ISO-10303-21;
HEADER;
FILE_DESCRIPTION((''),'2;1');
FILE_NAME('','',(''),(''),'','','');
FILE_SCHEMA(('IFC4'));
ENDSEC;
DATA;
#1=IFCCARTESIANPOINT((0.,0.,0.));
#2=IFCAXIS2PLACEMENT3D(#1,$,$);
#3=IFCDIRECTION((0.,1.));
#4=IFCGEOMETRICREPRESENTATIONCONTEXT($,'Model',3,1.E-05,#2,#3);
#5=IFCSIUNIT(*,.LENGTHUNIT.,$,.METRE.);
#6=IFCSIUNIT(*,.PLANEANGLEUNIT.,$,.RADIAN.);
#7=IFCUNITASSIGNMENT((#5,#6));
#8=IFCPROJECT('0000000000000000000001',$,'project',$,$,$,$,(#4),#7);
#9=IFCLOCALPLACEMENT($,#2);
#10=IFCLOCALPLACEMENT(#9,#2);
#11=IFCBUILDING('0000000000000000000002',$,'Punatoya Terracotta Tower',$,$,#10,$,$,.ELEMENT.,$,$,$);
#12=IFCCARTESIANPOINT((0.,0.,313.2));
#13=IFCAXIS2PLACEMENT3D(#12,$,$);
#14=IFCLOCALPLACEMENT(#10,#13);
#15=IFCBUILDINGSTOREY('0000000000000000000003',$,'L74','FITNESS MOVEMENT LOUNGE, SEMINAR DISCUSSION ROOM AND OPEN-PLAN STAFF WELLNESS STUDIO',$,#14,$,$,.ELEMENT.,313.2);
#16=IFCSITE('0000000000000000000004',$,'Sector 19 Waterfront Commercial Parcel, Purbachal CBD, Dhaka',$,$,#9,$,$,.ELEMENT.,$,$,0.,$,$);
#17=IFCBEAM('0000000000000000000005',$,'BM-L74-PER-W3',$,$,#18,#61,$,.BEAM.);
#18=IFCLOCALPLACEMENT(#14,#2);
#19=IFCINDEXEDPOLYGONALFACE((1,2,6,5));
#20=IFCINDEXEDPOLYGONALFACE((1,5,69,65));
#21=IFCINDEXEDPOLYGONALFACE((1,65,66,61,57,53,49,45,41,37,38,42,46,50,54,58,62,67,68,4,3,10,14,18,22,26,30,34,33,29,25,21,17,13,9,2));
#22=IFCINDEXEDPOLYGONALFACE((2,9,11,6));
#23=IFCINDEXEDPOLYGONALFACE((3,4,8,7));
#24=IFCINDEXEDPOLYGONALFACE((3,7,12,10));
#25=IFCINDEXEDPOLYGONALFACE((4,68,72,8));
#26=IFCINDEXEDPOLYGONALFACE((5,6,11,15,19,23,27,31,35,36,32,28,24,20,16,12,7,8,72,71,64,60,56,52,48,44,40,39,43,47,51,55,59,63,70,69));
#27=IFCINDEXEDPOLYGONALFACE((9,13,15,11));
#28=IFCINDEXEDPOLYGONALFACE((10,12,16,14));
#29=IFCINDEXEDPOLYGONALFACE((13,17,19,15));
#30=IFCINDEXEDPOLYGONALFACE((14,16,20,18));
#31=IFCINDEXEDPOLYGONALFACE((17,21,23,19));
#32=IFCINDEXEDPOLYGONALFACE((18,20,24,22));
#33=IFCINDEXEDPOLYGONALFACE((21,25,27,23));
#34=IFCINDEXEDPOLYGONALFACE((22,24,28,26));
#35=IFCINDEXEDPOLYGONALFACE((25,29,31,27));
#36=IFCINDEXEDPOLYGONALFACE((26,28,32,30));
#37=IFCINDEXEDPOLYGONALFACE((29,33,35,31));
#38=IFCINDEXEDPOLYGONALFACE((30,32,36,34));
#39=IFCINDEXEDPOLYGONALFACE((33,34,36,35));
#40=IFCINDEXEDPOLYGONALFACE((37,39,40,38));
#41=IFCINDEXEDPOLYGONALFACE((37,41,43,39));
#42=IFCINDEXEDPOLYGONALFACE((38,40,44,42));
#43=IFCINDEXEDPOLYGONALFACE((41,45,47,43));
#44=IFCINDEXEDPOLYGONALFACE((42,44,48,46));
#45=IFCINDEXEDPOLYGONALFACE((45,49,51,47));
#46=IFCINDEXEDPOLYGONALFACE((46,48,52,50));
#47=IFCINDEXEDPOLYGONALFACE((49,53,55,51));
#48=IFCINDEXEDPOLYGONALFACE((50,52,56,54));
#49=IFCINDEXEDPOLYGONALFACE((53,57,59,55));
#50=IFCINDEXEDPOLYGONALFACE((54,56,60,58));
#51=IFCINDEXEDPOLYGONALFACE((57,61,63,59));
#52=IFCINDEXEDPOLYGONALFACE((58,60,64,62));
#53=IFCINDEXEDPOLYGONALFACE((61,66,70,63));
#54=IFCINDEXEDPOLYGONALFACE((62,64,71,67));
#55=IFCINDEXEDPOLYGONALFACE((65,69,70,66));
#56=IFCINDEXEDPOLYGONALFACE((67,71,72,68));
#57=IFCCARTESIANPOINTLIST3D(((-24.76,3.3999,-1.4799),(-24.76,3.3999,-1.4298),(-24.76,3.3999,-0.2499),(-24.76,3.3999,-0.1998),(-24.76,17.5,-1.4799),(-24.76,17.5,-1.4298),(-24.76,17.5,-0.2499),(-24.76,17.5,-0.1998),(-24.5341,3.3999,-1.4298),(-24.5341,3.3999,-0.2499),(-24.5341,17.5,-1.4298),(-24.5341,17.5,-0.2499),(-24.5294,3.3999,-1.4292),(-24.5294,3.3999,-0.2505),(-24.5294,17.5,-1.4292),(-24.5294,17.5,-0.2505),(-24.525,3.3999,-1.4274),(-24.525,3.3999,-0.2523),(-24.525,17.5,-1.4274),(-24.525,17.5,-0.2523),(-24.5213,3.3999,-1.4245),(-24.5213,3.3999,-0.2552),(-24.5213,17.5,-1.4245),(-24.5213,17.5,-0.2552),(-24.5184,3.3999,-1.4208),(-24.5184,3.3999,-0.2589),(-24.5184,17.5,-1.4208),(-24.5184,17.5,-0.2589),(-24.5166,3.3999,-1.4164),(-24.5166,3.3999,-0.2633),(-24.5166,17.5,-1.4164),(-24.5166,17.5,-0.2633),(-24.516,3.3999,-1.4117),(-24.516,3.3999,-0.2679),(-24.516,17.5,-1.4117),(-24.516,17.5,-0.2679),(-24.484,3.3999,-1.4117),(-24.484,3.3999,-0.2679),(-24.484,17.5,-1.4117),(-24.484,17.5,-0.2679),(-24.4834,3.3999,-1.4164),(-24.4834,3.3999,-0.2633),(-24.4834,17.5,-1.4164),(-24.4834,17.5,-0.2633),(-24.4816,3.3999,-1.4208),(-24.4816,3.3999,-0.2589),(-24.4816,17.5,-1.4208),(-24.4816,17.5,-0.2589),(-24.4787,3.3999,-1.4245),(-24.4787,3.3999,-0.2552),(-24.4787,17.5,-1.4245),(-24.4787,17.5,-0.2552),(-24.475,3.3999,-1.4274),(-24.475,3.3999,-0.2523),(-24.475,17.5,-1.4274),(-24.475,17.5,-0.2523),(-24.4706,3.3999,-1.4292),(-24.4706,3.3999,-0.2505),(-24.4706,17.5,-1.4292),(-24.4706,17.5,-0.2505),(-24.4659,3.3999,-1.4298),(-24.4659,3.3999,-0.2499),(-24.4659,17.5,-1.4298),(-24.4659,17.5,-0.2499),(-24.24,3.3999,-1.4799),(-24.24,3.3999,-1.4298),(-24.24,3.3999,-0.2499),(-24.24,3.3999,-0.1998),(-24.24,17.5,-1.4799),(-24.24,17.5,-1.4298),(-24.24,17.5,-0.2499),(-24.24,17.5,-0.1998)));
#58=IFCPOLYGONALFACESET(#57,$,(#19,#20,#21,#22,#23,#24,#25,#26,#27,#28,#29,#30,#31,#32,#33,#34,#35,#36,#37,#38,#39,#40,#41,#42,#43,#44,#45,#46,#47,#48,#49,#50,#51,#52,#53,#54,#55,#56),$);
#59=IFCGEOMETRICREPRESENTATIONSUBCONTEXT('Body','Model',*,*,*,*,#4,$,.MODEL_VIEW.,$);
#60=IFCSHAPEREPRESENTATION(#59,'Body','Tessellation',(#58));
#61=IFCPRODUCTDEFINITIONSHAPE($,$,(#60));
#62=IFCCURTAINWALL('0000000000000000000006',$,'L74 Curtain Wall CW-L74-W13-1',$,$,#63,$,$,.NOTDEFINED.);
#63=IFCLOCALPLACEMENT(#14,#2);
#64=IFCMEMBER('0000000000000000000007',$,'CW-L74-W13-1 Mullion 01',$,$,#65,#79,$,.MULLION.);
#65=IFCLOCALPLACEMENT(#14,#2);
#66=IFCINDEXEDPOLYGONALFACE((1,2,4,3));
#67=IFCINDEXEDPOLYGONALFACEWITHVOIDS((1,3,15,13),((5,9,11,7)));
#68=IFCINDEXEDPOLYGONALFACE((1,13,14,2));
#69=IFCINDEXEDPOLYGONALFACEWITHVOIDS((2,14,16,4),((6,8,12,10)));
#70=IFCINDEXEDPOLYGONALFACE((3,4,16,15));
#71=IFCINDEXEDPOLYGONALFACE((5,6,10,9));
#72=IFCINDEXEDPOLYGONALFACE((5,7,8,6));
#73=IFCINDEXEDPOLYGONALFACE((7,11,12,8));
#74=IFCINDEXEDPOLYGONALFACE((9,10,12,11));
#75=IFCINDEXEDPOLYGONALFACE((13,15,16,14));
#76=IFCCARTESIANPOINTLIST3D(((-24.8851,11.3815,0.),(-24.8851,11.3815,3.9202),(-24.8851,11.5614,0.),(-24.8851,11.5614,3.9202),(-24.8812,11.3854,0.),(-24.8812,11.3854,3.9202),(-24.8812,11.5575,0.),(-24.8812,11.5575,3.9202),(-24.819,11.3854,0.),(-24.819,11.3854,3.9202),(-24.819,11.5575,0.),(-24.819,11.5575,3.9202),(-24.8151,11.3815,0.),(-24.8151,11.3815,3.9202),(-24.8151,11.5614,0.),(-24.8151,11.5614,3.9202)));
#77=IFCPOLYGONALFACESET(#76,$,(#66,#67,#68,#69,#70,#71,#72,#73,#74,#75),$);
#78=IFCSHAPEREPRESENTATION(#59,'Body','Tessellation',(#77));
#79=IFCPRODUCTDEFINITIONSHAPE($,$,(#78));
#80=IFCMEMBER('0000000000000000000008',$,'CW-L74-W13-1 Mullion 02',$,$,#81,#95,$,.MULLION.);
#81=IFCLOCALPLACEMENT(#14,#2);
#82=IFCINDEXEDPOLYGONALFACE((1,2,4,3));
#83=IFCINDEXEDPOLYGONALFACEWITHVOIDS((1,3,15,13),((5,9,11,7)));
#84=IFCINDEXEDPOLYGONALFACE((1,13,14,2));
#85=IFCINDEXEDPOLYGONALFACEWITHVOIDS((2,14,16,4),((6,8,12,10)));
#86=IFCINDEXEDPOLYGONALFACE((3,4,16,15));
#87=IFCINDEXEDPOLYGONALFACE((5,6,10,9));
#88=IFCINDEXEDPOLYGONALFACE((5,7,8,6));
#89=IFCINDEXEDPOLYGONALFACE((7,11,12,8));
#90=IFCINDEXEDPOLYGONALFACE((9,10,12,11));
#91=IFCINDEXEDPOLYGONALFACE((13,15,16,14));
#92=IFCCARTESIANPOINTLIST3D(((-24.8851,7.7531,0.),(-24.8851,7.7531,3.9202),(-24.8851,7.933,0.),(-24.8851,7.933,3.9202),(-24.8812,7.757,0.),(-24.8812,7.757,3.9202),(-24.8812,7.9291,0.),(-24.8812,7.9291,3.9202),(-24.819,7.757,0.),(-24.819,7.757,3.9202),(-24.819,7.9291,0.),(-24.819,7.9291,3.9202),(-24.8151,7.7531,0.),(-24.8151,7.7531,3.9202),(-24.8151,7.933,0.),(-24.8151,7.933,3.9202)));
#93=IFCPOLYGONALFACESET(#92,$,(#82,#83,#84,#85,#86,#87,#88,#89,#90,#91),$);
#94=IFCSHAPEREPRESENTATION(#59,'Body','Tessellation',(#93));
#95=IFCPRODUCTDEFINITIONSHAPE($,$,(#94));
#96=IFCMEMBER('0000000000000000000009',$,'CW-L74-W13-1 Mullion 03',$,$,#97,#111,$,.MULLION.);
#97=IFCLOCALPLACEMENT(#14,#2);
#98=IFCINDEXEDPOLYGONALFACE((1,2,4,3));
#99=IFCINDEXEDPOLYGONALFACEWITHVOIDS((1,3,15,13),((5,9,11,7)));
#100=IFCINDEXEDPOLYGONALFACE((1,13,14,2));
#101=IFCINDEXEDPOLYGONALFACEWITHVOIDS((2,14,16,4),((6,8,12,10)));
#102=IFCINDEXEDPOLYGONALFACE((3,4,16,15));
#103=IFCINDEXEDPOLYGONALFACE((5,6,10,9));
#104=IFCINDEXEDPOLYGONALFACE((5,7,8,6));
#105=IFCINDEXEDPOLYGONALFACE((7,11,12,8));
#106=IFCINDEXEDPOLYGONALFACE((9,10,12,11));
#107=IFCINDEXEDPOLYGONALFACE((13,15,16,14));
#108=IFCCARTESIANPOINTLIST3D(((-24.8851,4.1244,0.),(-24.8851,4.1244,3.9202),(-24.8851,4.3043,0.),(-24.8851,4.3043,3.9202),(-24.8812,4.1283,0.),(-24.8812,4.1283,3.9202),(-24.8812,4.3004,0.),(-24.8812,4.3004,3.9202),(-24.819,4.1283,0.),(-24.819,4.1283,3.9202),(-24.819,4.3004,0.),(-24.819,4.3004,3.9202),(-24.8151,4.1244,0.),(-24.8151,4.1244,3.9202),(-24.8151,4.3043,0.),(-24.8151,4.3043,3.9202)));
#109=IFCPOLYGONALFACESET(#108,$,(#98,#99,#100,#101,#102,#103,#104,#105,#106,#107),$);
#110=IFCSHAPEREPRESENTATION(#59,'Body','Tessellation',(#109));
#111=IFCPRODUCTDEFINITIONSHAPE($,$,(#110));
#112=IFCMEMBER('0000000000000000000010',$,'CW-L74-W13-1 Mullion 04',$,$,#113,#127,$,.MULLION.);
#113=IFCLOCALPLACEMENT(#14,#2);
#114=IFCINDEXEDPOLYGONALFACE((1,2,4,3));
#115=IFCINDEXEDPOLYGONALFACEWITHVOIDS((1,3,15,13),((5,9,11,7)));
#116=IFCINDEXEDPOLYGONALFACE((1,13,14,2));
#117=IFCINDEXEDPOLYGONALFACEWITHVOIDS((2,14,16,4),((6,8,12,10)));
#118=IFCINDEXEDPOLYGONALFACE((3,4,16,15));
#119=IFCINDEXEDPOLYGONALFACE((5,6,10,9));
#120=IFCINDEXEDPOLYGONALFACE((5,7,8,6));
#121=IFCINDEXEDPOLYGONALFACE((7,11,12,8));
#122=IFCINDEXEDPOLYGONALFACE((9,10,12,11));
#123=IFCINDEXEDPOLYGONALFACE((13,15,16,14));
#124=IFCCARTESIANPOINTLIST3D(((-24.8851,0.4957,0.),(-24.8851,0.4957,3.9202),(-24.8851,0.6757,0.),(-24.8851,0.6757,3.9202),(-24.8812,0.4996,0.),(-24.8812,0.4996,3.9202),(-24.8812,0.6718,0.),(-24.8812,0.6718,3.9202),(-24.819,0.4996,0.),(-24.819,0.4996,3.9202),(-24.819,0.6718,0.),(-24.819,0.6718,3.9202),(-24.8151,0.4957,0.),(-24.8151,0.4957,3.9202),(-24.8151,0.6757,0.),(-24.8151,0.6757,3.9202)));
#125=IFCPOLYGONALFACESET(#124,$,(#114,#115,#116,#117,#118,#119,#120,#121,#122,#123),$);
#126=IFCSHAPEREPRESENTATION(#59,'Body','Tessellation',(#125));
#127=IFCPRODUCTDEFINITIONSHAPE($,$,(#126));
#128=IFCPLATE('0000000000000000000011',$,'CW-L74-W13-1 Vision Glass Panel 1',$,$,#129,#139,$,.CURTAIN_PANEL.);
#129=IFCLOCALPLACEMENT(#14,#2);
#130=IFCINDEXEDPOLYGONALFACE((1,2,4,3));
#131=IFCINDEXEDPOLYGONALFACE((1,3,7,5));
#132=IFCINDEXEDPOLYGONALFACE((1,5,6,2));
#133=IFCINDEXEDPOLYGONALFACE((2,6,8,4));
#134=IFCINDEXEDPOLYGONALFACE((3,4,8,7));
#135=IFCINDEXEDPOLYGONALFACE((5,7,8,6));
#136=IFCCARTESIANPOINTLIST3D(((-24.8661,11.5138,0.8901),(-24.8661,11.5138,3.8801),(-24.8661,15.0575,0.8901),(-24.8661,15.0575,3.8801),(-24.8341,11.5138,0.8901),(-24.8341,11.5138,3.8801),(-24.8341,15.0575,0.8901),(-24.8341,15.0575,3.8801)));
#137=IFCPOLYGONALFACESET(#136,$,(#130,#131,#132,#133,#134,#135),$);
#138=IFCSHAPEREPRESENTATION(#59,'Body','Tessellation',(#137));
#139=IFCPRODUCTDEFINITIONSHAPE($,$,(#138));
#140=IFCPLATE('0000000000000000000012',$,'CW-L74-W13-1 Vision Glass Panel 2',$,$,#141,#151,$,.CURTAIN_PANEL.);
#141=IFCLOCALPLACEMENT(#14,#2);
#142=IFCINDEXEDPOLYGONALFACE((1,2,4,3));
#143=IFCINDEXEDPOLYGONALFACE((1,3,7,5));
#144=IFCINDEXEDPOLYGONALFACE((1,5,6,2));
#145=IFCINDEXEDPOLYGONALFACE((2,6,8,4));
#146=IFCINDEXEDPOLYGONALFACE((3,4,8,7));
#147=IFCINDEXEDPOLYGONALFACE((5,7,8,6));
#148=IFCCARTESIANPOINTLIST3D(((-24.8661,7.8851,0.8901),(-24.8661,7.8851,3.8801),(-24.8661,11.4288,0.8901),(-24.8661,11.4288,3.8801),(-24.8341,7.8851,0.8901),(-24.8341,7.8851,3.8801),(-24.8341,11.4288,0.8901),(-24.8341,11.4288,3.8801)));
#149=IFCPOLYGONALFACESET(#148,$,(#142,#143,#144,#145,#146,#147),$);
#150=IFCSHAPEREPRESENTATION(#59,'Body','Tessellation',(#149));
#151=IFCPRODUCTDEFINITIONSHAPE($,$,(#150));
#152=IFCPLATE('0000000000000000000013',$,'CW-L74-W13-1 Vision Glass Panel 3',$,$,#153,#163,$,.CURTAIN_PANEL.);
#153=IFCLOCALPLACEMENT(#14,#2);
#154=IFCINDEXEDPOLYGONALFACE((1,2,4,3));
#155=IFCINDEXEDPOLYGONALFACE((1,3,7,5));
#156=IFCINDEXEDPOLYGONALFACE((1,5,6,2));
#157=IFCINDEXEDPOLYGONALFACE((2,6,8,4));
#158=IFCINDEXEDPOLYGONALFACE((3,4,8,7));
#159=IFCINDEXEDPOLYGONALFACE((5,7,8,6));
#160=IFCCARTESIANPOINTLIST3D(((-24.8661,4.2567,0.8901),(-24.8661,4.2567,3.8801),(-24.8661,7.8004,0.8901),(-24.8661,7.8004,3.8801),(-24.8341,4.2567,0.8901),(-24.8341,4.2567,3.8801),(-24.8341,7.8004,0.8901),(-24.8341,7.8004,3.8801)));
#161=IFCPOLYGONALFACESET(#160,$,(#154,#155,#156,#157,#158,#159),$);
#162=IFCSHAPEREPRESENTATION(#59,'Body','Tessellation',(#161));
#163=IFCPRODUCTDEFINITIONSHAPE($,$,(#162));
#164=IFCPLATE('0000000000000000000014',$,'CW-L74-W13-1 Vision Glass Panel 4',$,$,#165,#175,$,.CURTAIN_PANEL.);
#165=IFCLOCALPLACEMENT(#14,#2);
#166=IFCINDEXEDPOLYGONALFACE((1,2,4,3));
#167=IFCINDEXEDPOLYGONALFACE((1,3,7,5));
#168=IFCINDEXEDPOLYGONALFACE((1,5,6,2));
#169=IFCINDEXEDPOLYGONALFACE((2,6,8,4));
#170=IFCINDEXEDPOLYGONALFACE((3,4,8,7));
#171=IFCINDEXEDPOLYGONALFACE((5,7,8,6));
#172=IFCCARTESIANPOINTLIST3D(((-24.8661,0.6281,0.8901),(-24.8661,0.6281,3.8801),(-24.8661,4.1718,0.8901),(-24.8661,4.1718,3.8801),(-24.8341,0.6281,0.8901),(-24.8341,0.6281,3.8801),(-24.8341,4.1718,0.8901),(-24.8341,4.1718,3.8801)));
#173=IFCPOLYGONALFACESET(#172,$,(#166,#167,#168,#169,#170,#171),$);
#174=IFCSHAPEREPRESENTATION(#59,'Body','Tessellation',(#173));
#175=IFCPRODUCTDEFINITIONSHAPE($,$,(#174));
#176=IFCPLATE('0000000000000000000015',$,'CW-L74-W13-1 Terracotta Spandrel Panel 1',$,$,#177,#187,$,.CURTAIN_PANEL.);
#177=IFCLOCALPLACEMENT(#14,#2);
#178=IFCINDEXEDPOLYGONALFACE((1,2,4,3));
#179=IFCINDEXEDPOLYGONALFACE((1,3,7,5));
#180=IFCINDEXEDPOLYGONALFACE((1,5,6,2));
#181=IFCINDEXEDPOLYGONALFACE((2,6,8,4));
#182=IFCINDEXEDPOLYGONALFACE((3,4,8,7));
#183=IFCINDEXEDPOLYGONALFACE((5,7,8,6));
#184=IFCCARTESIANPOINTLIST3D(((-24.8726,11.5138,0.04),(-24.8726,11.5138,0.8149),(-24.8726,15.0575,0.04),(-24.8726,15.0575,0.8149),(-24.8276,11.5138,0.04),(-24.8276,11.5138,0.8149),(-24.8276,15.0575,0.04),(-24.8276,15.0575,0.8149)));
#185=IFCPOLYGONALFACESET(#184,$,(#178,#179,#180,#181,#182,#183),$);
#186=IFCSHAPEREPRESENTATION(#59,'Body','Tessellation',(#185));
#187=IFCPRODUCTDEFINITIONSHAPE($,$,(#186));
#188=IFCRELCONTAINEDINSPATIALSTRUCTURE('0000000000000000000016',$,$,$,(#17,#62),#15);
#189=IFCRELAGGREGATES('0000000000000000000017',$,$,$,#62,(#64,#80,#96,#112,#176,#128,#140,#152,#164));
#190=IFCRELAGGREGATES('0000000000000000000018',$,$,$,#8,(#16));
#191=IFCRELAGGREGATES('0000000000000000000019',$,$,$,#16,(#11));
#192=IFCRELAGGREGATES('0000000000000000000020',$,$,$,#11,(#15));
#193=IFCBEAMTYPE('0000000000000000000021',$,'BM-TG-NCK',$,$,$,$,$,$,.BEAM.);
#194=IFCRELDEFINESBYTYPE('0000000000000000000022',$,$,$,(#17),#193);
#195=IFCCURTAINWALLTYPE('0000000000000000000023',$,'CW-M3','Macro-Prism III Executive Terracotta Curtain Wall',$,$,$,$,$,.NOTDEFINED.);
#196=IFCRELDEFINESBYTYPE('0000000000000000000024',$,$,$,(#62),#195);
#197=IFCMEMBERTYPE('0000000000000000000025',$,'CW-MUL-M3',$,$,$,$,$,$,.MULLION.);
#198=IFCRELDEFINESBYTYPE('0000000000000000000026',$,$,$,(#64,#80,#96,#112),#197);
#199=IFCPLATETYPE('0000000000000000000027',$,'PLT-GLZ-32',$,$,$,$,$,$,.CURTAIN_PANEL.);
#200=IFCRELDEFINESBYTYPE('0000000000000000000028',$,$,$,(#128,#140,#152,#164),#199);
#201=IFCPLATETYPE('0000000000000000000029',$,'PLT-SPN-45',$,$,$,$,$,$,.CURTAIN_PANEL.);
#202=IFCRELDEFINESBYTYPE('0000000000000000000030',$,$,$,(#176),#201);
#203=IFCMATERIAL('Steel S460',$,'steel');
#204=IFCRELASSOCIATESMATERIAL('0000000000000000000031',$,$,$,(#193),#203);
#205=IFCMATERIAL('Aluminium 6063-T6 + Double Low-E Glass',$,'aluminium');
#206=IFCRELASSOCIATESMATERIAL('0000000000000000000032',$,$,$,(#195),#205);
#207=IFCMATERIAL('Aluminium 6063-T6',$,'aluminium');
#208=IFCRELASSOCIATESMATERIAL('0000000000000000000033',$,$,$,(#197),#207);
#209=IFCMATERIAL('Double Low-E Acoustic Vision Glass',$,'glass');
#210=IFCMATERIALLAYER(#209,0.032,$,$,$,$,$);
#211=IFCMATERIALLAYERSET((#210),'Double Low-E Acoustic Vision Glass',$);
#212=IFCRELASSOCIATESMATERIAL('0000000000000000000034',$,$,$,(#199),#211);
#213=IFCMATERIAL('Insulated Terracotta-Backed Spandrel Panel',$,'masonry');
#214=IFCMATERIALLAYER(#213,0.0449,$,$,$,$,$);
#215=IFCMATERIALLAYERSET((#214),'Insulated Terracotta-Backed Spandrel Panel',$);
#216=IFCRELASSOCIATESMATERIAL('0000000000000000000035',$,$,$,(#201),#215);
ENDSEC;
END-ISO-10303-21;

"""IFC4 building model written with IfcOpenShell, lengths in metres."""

from ifc_helpers import new_model, si_unit, direction, frame, origin, origin_2d, place, context, subcontext, project, spatial, rectangle, hollow_rectangle, i_section, extrude, material, layer, layer_set, material_profile, profile_set, type_object, element, aggregate, save


model = new_model("IFC4")

# Units and contexts
model_context = context("Model", 3, precision=1e-05, world=origin(), true_north=direction((0.0, 1.0)))
body_context = subcontext(model_context, "Body", "Model", "MODEL_VIEW")
ifc_project = project(units=[si_unit("LENGTHUNIT", "METRE"), si_unit("PLANEANGLEUNIT", "RADIAN")], contexts=[model_context])

# Site, building, storey
site_placement = place(None, origin())
site = spatial("IfcSite", under=ifc_project, at=site_placement, Name="Sector 19 Waterfront Commercial Parcel, Purbachal CBD, Dhaka", CompositionType="ELEMENT", RefElevation=0.0)
building_placement = place(site_placement, origin())
building = spatial("IfcBuilding", under=site, at=building_placement, Name="Punatoya Terracotta Tower", CompositionType="ELEMENT")
storey_placement = place(building_placement, frame((0.0, 0.0, 313.2)))
storey = spatial("IfcBuildingStorey", under=building, at=storey_placement, Name="L74", Description="FITNESS MOVEMENT LOUNGE, SEMINAR DISCUSSION ROOM AND OPEN-PLAN STAFF WELLNESS STUDIO", CompositionType="ELEMENT", Elevation=313.2)

# Shared definitions
ifc_material_1 = material(Name="Steel S460", Category="steel")

# Beam
ifc_material_profile_1 = material_profile(ifc_material_1, i_section(OverallWidth=0.52, OverallDepth=1.28, WebThickness=0.032, FlangeThickness=0.05, FilletRadius=0.0181, at=origin_2d()))
ifc_profile_set_1 = profile_set([ifc_material_profile_1], Name="Steel S460")
beam_type_1 = type_object("IfcBeamType", Name="BM-TG-NCK", PredefinedType="BEAM", material=ifc_profile_set_1)
beam_1_placement = place(storey_placement, frame((-24.5, 3.3999, -0.8398), z_axis=(0.0, 1.0, 0.0), x_axis=(-1.0, 0.0, 0.0)))
element("IfcBeam", 1, at=beam_1_placement, inside=storey, type_object=beam_type_1, Name="BM-L74-PER-W3", PredefinedType="BEAM", context=body_context, shape_type="SweptSolid", body=[
    extrude(i_section(OverallWidth=0.52, OverallDepth=1.28, WebThickness=0.032, FlangeThickness=0.05, FilletRadius=0.0181, at=origin_2d()), origin(), (0.0, 0.0, 1.0), 14.1001),
])

# Curtain wall, members, plates
ifc_material_2 = material(Name="Aluminium 6063-T6 + Double Low-E Glass", Category="aluminium")
curtain_wall_type = type_object("IfcCurtainWallType", Name="CW-M3", Description="Macro-Prism III Executive Terracotta Curtain Wall", PredefinedType="NOTDEFINED", material=ifc_material_2)
curtain_wall_placement = place(storey_placement, origin())
curtain_wall = element("IfcCurtainWall", 2, at=curtain_wall_placement, inside=storey, type_object=curtain_wall_type, Name="L74 Curtain Wall CW-L74-W13-1", PredefinedType="NOTDEFINED")
ifc_material_3 = material(Name="Aluminium 6063-T6", Category="aluminium")
ifc_material_profile_2 = material_profile(ifc_material_3, hollow_rectangle(XDim=0.0701, YDim=0.1799, WallThickness=0.0039, at=origin_2d()))
ifc_profile_set_2 = profile_set([ifc_material_profile_2], Name="Aluminium 6063-T6")
member_type = type_object("IfcMemberType", Name="CW-MUL-M3", PredefinedType="MULLION", material=ifc_profile_set_2)
member_1_placement = place(storey_placement, frame((-24.8501, 11.4714, 0.0), z_axis=(0.0, 0.0, 1.0), x_axis=(1.0, 0.0, 0.0)))
member_1 = element("IfcMember", 3, at=member_1_placement, type_object=member_type, Name="CW-L74-W13-1 Mullion 01", PredefinedType="MULLION", context=body_context, shape_type="SweptSolid", body=[
    extrude(hollow_rectangle(XDim=0.0701, YDim=0.1799, WallThickness=0.0039, at=origin_2d()), origin(), (0.0, 0.0, 1.0), 3.9202),
])
member_2_placement = place(storey_placement, frame((-24.8501, 7.843, 0.0), z_axis=(0.0, 0.0, 1.0), x_axis=(1.0, 0.0, 0.0)))
member_2 = element("IfcMember", 4, at=member_2_placement, type_object=member_type, Name="CW-L74-W13-1 Mullion 02", PredefinedType="MULLION", context=body_context, shape_type="SweptSolid", body=[
    extrude(hollow_rectangle(XDim=0.0701, YDim=0.1799, WallThickness=0.0039, at=origin_2d()), origin(), (0.0, 0.0, 1.0), 3.9202),
])
member_3_placement = place(storey_placement, frame((-24.8501, 4.2144, 0.0), z_axis=(0.0, 0.0, 1.0), x_axis=(1.0, 0.0, 0.0)))
member_3 = element("IfcMember", 5, at=member_3_placement, type_object=member_type, Name="CW-L74-W13-1 Mullion 03", PredefinedType="MULLION", context=body_context, shape_type="SweptSolid", body=[
    extrude(hollow_rectangle(XDim=0.0701, YDim=0.1799, WallThickness=0.0039, at=origin_2d()), origin(), (0.0, 0.0, 1.0), 3.9202),
])
member_4_placement = place(storey_placement, frame((-24.8501, 0.5857, 0.0), z_axis=(0.0, 0.0, 1.0), x_axis=(1.0, 0.0, 0.0)))
member_4 = element("IfcMember", 6, at=member_4_placement, type_object=member_type, Name="CW-L74-W13-1 Mullion 04", PredefinedType="MULLION", context=body_context, shape_type="SweptSolid", body=[
    extrude(hollow_rectangle(XDim=0.0701, YDim=0.1799, WallThickness=0.0039, at=origin_2d()), origin(), (0.0, 0.0, 1.0), 3.9202),
])
ifc_material_4 = material(Name="Double Low-E Acoustic Vision Glass", Category="glass")
ifc_layer_1 = layer(ifc_material_4, 0.032)
ifc_layer_set_1 = layer_set([ifc_layer_1], Name="Double Low-E Acoustic Vision Glass")
plate_type_1 = type_object("IfcPlateType", Name="PLT-GLZ-32", PredefinedType="CURTAIN_PANEL", material=ifc_layer_set_1)
plate_1_placement = place(storey_placement, frame((-24.8501, 13.2856, 0.8901), z_axis=(0.0, 0.0, 1.0), x_axis=(0.0, -1.0, 0.0)))
plate_1 = element("IfcPlate", 7, at=plate_1_placement, type_object=plate_type_1, Name="CW-L74-W13-1 Vision Glass Panel 1", PredefinedType="CURTAIN_PANEL", context=body_context, shape_type="SweptSolid", body=[
    extrude(rectangle(XDim=3.5437, YDim=0.032, at=origin_2d()), origin(), (0.0, 0.0, 1.0), 2.99),
])
plate_2_placement = place(storey_placement, frame((-24.8501, 9.657, 0.8901), z_axis=(0.0, 0.0, 1.0), x_axis=(0.0, -1.0, 0.0)))
plate_2 = element("IfcPlate", 8, at=plate_2_placement, type_object=plate_type_1, Name="CW-L74-W13-1 Vision Glass Panel 2", PredefinedType="CURTAIN_PANEL", context=body_context, shape_type="SweptSolid", body=[
    extrude(rectangle(XDim=3.5437, YDim=0.032, at=origin_2d()), origin(), (0.0, 0.0, 1.0), 2.99),
])
plate_3_placement = place(storey_placement, frame((-24.8501, 6.0286, 0.8901), z_axis=(0.0, 0.0, 1.0), x_axis=(0.0, -1.0, 0.0)))
plate_3 = element("IfcPlate", 9, at=plate_3_placement, type_object=plate_type_1, Name="CW-L74-W13-1 Vision Glass Panel 3", PredefinedType="CURTAIN_PANEL", context=body_context, shape_type="SweptSolid", body=[
    extrude(rectangle(XDim=3.5437, YDim=0.032, at=origin_2d()), origin(), (0.0, 0.0, 1.0), 2.99),
])
plate_4_placement = place(storey_placement, frame((-24.8501, 2.3999, 0.8901), z_axis=(0.0, 0.0, 1.0), x_axis=(0.0, -1.0, 0.0)))
plate_4 = element("IfcPlate", 10, at=plate_4_placement, type_object=plate_type_1, Name="CW-L74-W13-1 Vision Glass Panel 4", PredefinedType="CURTAIN_PANEL", context=body_context, shape_type="SweptSolid", body=[
    extrude(rectangle(XDim=3.5437, YDim=0.032, at=origin_2d()), origin(), (0.0, 0.0, 1.0), 2.99),
])
ifc_material_5 = material(Name="Insulated Terracotta-Backed Spandrel Panel", Category="masonry")
ifc_layer_2 = layer(ifc_material_5, 0.0449)
ifc_layer_set_2 = layer_set([ifc_layer_2], Name="Insulated Terracotta-Backed Spandrel Panel")
plate_type_2 = type_object("IfcPlateType", Name="PLT-SPN-45", PredefinedType="CURTAIN_PANEL", material=ifc_layer_set_2)
plate_5_placement = place(storey_placement, frame((-24.8501, 13.2856, 0.04), z_axis=(0.0, 0.0, 1.0), x_axis=(0.0, -1.0, 0.0)))
plate_5 = element("IfcPlate", 11, at=plate_5_placement, type_object=plate_type_2, Name="CW-L74-W13-1 Terracotta Spandrel Panel 1", PredefinedType="CURTAIN_PANEL", context=body_context, shape_type="SweptSolid", body=[
    extrude(rectangle(XDim=3.5437, YDim=0.0449, at=origin_2d()), origin(), (0.0, 0.0, 1.0), 0.7749),
])
aggregate(curtain_wall, [member_1, member_2, member_3, member_4, plate_5, plate_1, plate_2, plate_3, plate_4])

save(model, "model.ifc")
